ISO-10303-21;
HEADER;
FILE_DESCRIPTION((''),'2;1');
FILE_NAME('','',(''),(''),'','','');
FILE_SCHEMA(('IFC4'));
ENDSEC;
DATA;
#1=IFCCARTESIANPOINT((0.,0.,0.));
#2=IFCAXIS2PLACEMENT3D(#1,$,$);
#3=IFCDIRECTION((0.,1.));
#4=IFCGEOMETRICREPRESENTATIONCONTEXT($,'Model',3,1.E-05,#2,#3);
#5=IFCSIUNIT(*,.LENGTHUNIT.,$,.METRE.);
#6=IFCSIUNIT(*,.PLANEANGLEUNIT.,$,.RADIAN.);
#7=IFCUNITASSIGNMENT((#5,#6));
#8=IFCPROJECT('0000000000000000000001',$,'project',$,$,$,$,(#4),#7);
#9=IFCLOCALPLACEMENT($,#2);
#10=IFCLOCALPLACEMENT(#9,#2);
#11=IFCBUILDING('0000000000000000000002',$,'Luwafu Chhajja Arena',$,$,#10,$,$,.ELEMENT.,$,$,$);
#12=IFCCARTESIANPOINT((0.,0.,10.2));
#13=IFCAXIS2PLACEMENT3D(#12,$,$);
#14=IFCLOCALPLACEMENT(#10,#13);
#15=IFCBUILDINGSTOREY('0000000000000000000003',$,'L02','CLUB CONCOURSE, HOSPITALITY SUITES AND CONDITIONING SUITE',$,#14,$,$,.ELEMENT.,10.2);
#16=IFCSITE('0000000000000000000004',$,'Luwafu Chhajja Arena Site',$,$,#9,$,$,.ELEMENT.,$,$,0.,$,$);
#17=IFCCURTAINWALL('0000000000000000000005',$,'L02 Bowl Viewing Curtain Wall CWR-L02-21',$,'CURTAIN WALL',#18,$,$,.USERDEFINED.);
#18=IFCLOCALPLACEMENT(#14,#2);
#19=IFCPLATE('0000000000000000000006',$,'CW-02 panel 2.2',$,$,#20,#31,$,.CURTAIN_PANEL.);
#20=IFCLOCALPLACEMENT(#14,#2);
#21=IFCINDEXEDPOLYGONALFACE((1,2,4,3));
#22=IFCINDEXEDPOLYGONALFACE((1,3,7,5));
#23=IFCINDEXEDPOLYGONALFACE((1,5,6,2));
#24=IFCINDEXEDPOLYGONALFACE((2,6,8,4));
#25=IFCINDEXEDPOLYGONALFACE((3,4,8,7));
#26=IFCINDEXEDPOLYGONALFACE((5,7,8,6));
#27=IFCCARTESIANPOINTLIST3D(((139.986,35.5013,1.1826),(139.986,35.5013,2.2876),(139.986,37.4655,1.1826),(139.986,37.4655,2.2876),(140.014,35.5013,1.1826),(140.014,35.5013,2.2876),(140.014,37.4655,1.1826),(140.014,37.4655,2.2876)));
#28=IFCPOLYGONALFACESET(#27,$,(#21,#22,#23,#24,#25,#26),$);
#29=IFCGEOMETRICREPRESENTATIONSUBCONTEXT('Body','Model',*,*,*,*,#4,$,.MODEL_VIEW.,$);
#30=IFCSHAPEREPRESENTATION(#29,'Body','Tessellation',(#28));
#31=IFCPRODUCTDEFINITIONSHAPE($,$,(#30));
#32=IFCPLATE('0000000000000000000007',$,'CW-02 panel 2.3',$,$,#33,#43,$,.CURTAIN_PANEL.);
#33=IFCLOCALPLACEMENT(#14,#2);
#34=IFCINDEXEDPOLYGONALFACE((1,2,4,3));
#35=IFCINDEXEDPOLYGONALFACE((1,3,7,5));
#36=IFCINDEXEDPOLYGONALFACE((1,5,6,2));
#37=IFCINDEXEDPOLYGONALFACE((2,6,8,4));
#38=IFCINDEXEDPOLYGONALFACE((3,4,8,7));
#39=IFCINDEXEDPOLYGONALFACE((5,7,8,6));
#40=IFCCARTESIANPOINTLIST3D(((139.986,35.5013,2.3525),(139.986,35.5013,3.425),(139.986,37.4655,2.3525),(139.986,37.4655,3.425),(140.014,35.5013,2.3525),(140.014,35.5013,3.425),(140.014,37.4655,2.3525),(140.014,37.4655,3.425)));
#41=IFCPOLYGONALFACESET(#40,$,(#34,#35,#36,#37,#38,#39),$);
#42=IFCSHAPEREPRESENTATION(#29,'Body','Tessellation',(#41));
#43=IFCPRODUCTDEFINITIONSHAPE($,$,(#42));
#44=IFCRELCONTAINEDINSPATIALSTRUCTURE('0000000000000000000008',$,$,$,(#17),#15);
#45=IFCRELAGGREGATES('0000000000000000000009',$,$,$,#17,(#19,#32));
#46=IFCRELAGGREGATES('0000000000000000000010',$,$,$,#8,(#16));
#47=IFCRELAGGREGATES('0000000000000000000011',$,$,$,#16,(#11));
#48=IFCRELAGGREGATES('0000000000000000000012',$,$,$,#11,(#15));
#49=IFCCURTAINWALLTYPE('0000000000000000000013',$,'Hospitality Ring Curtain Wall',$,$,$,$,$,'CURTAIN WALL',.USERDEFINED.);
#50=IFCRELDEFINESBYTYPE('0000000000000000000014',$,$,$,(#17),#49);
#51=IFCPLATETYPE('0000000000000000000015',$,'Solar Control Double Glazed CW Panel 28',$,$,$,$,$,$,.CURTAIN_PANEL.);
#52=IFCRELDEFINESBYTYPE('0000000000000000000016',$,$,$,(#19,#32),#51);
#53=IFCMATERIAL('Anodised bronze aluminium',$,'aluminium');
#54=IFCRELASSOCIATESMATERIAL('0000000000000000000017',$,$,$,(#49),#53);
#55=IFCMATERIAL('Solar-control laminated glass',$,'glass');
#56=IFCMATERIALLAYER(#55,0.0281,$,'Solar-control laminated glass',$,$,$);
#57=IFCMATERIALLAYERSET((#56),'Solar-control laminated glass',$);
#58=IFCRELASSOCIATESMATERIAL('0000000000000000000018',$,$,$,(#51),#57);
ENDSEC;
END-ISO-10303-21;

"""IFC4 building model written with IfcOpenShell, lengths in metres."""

from ifc_helpers import new_model, si_unit, direction, frame, origin, origin_2d, place, context, subcontext, project, spatial, rectangle, extrude, material, layer, layer_set, type_object, element, aggregate, save


model = new_model("IFC4")

# Units and contexts
model_context = context("Model", 3, precision=1e-05, world=origin(), true_north=direction((0.0, 1.0)))
body_context = subcontext(model_context, "Body", "Model", "MODEL_VIEW")
ifc_project = project(units=[si_unit("LENGTHUNIT", "METRE"), si_unit("PLANEANGLEUNIT", "RADIAN")], contexts=[model_context])

# Site, building, storey
site_placement = place(None, origin())
site = spatial("IfcSite", under=ifc_project, at=site_placement, Name="Luwafu Chhajja Arena Site", CompositionType="ELEMENT", RefElevation=0.0)
building_placement = place(site_placement, origin())
building = spatial("IfcBuilding", under=site, at=building_placement, Name="Luwafu Chhajja Arena", CompositionType="ELEMENT")
storey_placement = place(building_placement, frame((0.0, 0.0, 10.2)))
storey = spatial("IfcBuildingStorey", under=building, at=storey_placement, Name="L02", Description="CLUB CONCOURSE, HOSPITALITY SUITES AND CONDITIONING SUITE", CompositionType="ELEMENT", Elevation=10.2)

# Curtain wall
ifc_material_1 = material(Name="Anodised bronze aluminium", Category="aluminium")
curtain_wall_type = type_object("IfcCurtainWallType", Name="Hospitality Ring Curtain Wall", ElementType="CURTAIN WALL", PredefinedType="USERDEFINED", material=ifc_material_1)
curtain_wall_placement = place(storey_placement, origin())
curtain_wall = element("IfcCurtainWall", 1, at=curtain_wall_placement, inside=storey, type_object=curtain_wall_type, Name="L02 Bowl Viewing Curtain Wall CWR-L02-21", ObjectType="CURTAIN WALL", PredefinedType="USERDEFINED")

# Plates
ifc_material_2 = material(Name="Solar-control laminated glass", Category="glass")
ifc_layer = layer(ifc_material_2, 0.0281, Name="Solar-control laminated glass")
ifc_layer_set = layer_set([ifc_layer], Name="Solar-control laminated glass")
plate_type = type_object("IfcPlateType", Name="Solar Control Double Glazed CW Panel 28", PredefinedType="CURTAIN_PANEL", material=ifc_layer_set)
plate_1_placement = place(storey_placement, frame((140.0, 36.4834, 1.1826), z_axis=(0.0, 0.0, 1.0), x_axis=(0.0, 1.0, 0.0)))
plate_1 = element("IfcPlate", 2, at=plate_1_placement, type_object=plate_type, Name="CW-02 panel 2.2", PredefinedType="CURTAIN_PANEL", context=body_context, shape_type="SweptSolid", body=[
    extrude(rectangle(XDim=1.9641, YDim=0.0281, at=origin_2d()), origin(), (0.0, 0.0, 1.0), 1.105),
])
plate_2_placement = place(storey_placement, frame((140.0, 36.4834, 2.3525), z_axis=(0.0, 0.0, 1.0), x_axis=(0.0, 1.0, 0.0)))
plate_2 = element("IfcPlate", 3, at=plate_2_placement, type_object=plate_type, Name="CW-02 panel 2.3", PredefinedType="CURTAIN_PANEL", context=body_context, shape_type="SweptSolid", body=[
    extrude(rectangle(XDim=1.9641, YDim=0.0281, at=origin_2d()), origin(), (0.0, 0.0, 1.0), 1.0725),
])
aggregate(curtain_wall, [plate_1, plate_2])

save(model, "model.ifc")
